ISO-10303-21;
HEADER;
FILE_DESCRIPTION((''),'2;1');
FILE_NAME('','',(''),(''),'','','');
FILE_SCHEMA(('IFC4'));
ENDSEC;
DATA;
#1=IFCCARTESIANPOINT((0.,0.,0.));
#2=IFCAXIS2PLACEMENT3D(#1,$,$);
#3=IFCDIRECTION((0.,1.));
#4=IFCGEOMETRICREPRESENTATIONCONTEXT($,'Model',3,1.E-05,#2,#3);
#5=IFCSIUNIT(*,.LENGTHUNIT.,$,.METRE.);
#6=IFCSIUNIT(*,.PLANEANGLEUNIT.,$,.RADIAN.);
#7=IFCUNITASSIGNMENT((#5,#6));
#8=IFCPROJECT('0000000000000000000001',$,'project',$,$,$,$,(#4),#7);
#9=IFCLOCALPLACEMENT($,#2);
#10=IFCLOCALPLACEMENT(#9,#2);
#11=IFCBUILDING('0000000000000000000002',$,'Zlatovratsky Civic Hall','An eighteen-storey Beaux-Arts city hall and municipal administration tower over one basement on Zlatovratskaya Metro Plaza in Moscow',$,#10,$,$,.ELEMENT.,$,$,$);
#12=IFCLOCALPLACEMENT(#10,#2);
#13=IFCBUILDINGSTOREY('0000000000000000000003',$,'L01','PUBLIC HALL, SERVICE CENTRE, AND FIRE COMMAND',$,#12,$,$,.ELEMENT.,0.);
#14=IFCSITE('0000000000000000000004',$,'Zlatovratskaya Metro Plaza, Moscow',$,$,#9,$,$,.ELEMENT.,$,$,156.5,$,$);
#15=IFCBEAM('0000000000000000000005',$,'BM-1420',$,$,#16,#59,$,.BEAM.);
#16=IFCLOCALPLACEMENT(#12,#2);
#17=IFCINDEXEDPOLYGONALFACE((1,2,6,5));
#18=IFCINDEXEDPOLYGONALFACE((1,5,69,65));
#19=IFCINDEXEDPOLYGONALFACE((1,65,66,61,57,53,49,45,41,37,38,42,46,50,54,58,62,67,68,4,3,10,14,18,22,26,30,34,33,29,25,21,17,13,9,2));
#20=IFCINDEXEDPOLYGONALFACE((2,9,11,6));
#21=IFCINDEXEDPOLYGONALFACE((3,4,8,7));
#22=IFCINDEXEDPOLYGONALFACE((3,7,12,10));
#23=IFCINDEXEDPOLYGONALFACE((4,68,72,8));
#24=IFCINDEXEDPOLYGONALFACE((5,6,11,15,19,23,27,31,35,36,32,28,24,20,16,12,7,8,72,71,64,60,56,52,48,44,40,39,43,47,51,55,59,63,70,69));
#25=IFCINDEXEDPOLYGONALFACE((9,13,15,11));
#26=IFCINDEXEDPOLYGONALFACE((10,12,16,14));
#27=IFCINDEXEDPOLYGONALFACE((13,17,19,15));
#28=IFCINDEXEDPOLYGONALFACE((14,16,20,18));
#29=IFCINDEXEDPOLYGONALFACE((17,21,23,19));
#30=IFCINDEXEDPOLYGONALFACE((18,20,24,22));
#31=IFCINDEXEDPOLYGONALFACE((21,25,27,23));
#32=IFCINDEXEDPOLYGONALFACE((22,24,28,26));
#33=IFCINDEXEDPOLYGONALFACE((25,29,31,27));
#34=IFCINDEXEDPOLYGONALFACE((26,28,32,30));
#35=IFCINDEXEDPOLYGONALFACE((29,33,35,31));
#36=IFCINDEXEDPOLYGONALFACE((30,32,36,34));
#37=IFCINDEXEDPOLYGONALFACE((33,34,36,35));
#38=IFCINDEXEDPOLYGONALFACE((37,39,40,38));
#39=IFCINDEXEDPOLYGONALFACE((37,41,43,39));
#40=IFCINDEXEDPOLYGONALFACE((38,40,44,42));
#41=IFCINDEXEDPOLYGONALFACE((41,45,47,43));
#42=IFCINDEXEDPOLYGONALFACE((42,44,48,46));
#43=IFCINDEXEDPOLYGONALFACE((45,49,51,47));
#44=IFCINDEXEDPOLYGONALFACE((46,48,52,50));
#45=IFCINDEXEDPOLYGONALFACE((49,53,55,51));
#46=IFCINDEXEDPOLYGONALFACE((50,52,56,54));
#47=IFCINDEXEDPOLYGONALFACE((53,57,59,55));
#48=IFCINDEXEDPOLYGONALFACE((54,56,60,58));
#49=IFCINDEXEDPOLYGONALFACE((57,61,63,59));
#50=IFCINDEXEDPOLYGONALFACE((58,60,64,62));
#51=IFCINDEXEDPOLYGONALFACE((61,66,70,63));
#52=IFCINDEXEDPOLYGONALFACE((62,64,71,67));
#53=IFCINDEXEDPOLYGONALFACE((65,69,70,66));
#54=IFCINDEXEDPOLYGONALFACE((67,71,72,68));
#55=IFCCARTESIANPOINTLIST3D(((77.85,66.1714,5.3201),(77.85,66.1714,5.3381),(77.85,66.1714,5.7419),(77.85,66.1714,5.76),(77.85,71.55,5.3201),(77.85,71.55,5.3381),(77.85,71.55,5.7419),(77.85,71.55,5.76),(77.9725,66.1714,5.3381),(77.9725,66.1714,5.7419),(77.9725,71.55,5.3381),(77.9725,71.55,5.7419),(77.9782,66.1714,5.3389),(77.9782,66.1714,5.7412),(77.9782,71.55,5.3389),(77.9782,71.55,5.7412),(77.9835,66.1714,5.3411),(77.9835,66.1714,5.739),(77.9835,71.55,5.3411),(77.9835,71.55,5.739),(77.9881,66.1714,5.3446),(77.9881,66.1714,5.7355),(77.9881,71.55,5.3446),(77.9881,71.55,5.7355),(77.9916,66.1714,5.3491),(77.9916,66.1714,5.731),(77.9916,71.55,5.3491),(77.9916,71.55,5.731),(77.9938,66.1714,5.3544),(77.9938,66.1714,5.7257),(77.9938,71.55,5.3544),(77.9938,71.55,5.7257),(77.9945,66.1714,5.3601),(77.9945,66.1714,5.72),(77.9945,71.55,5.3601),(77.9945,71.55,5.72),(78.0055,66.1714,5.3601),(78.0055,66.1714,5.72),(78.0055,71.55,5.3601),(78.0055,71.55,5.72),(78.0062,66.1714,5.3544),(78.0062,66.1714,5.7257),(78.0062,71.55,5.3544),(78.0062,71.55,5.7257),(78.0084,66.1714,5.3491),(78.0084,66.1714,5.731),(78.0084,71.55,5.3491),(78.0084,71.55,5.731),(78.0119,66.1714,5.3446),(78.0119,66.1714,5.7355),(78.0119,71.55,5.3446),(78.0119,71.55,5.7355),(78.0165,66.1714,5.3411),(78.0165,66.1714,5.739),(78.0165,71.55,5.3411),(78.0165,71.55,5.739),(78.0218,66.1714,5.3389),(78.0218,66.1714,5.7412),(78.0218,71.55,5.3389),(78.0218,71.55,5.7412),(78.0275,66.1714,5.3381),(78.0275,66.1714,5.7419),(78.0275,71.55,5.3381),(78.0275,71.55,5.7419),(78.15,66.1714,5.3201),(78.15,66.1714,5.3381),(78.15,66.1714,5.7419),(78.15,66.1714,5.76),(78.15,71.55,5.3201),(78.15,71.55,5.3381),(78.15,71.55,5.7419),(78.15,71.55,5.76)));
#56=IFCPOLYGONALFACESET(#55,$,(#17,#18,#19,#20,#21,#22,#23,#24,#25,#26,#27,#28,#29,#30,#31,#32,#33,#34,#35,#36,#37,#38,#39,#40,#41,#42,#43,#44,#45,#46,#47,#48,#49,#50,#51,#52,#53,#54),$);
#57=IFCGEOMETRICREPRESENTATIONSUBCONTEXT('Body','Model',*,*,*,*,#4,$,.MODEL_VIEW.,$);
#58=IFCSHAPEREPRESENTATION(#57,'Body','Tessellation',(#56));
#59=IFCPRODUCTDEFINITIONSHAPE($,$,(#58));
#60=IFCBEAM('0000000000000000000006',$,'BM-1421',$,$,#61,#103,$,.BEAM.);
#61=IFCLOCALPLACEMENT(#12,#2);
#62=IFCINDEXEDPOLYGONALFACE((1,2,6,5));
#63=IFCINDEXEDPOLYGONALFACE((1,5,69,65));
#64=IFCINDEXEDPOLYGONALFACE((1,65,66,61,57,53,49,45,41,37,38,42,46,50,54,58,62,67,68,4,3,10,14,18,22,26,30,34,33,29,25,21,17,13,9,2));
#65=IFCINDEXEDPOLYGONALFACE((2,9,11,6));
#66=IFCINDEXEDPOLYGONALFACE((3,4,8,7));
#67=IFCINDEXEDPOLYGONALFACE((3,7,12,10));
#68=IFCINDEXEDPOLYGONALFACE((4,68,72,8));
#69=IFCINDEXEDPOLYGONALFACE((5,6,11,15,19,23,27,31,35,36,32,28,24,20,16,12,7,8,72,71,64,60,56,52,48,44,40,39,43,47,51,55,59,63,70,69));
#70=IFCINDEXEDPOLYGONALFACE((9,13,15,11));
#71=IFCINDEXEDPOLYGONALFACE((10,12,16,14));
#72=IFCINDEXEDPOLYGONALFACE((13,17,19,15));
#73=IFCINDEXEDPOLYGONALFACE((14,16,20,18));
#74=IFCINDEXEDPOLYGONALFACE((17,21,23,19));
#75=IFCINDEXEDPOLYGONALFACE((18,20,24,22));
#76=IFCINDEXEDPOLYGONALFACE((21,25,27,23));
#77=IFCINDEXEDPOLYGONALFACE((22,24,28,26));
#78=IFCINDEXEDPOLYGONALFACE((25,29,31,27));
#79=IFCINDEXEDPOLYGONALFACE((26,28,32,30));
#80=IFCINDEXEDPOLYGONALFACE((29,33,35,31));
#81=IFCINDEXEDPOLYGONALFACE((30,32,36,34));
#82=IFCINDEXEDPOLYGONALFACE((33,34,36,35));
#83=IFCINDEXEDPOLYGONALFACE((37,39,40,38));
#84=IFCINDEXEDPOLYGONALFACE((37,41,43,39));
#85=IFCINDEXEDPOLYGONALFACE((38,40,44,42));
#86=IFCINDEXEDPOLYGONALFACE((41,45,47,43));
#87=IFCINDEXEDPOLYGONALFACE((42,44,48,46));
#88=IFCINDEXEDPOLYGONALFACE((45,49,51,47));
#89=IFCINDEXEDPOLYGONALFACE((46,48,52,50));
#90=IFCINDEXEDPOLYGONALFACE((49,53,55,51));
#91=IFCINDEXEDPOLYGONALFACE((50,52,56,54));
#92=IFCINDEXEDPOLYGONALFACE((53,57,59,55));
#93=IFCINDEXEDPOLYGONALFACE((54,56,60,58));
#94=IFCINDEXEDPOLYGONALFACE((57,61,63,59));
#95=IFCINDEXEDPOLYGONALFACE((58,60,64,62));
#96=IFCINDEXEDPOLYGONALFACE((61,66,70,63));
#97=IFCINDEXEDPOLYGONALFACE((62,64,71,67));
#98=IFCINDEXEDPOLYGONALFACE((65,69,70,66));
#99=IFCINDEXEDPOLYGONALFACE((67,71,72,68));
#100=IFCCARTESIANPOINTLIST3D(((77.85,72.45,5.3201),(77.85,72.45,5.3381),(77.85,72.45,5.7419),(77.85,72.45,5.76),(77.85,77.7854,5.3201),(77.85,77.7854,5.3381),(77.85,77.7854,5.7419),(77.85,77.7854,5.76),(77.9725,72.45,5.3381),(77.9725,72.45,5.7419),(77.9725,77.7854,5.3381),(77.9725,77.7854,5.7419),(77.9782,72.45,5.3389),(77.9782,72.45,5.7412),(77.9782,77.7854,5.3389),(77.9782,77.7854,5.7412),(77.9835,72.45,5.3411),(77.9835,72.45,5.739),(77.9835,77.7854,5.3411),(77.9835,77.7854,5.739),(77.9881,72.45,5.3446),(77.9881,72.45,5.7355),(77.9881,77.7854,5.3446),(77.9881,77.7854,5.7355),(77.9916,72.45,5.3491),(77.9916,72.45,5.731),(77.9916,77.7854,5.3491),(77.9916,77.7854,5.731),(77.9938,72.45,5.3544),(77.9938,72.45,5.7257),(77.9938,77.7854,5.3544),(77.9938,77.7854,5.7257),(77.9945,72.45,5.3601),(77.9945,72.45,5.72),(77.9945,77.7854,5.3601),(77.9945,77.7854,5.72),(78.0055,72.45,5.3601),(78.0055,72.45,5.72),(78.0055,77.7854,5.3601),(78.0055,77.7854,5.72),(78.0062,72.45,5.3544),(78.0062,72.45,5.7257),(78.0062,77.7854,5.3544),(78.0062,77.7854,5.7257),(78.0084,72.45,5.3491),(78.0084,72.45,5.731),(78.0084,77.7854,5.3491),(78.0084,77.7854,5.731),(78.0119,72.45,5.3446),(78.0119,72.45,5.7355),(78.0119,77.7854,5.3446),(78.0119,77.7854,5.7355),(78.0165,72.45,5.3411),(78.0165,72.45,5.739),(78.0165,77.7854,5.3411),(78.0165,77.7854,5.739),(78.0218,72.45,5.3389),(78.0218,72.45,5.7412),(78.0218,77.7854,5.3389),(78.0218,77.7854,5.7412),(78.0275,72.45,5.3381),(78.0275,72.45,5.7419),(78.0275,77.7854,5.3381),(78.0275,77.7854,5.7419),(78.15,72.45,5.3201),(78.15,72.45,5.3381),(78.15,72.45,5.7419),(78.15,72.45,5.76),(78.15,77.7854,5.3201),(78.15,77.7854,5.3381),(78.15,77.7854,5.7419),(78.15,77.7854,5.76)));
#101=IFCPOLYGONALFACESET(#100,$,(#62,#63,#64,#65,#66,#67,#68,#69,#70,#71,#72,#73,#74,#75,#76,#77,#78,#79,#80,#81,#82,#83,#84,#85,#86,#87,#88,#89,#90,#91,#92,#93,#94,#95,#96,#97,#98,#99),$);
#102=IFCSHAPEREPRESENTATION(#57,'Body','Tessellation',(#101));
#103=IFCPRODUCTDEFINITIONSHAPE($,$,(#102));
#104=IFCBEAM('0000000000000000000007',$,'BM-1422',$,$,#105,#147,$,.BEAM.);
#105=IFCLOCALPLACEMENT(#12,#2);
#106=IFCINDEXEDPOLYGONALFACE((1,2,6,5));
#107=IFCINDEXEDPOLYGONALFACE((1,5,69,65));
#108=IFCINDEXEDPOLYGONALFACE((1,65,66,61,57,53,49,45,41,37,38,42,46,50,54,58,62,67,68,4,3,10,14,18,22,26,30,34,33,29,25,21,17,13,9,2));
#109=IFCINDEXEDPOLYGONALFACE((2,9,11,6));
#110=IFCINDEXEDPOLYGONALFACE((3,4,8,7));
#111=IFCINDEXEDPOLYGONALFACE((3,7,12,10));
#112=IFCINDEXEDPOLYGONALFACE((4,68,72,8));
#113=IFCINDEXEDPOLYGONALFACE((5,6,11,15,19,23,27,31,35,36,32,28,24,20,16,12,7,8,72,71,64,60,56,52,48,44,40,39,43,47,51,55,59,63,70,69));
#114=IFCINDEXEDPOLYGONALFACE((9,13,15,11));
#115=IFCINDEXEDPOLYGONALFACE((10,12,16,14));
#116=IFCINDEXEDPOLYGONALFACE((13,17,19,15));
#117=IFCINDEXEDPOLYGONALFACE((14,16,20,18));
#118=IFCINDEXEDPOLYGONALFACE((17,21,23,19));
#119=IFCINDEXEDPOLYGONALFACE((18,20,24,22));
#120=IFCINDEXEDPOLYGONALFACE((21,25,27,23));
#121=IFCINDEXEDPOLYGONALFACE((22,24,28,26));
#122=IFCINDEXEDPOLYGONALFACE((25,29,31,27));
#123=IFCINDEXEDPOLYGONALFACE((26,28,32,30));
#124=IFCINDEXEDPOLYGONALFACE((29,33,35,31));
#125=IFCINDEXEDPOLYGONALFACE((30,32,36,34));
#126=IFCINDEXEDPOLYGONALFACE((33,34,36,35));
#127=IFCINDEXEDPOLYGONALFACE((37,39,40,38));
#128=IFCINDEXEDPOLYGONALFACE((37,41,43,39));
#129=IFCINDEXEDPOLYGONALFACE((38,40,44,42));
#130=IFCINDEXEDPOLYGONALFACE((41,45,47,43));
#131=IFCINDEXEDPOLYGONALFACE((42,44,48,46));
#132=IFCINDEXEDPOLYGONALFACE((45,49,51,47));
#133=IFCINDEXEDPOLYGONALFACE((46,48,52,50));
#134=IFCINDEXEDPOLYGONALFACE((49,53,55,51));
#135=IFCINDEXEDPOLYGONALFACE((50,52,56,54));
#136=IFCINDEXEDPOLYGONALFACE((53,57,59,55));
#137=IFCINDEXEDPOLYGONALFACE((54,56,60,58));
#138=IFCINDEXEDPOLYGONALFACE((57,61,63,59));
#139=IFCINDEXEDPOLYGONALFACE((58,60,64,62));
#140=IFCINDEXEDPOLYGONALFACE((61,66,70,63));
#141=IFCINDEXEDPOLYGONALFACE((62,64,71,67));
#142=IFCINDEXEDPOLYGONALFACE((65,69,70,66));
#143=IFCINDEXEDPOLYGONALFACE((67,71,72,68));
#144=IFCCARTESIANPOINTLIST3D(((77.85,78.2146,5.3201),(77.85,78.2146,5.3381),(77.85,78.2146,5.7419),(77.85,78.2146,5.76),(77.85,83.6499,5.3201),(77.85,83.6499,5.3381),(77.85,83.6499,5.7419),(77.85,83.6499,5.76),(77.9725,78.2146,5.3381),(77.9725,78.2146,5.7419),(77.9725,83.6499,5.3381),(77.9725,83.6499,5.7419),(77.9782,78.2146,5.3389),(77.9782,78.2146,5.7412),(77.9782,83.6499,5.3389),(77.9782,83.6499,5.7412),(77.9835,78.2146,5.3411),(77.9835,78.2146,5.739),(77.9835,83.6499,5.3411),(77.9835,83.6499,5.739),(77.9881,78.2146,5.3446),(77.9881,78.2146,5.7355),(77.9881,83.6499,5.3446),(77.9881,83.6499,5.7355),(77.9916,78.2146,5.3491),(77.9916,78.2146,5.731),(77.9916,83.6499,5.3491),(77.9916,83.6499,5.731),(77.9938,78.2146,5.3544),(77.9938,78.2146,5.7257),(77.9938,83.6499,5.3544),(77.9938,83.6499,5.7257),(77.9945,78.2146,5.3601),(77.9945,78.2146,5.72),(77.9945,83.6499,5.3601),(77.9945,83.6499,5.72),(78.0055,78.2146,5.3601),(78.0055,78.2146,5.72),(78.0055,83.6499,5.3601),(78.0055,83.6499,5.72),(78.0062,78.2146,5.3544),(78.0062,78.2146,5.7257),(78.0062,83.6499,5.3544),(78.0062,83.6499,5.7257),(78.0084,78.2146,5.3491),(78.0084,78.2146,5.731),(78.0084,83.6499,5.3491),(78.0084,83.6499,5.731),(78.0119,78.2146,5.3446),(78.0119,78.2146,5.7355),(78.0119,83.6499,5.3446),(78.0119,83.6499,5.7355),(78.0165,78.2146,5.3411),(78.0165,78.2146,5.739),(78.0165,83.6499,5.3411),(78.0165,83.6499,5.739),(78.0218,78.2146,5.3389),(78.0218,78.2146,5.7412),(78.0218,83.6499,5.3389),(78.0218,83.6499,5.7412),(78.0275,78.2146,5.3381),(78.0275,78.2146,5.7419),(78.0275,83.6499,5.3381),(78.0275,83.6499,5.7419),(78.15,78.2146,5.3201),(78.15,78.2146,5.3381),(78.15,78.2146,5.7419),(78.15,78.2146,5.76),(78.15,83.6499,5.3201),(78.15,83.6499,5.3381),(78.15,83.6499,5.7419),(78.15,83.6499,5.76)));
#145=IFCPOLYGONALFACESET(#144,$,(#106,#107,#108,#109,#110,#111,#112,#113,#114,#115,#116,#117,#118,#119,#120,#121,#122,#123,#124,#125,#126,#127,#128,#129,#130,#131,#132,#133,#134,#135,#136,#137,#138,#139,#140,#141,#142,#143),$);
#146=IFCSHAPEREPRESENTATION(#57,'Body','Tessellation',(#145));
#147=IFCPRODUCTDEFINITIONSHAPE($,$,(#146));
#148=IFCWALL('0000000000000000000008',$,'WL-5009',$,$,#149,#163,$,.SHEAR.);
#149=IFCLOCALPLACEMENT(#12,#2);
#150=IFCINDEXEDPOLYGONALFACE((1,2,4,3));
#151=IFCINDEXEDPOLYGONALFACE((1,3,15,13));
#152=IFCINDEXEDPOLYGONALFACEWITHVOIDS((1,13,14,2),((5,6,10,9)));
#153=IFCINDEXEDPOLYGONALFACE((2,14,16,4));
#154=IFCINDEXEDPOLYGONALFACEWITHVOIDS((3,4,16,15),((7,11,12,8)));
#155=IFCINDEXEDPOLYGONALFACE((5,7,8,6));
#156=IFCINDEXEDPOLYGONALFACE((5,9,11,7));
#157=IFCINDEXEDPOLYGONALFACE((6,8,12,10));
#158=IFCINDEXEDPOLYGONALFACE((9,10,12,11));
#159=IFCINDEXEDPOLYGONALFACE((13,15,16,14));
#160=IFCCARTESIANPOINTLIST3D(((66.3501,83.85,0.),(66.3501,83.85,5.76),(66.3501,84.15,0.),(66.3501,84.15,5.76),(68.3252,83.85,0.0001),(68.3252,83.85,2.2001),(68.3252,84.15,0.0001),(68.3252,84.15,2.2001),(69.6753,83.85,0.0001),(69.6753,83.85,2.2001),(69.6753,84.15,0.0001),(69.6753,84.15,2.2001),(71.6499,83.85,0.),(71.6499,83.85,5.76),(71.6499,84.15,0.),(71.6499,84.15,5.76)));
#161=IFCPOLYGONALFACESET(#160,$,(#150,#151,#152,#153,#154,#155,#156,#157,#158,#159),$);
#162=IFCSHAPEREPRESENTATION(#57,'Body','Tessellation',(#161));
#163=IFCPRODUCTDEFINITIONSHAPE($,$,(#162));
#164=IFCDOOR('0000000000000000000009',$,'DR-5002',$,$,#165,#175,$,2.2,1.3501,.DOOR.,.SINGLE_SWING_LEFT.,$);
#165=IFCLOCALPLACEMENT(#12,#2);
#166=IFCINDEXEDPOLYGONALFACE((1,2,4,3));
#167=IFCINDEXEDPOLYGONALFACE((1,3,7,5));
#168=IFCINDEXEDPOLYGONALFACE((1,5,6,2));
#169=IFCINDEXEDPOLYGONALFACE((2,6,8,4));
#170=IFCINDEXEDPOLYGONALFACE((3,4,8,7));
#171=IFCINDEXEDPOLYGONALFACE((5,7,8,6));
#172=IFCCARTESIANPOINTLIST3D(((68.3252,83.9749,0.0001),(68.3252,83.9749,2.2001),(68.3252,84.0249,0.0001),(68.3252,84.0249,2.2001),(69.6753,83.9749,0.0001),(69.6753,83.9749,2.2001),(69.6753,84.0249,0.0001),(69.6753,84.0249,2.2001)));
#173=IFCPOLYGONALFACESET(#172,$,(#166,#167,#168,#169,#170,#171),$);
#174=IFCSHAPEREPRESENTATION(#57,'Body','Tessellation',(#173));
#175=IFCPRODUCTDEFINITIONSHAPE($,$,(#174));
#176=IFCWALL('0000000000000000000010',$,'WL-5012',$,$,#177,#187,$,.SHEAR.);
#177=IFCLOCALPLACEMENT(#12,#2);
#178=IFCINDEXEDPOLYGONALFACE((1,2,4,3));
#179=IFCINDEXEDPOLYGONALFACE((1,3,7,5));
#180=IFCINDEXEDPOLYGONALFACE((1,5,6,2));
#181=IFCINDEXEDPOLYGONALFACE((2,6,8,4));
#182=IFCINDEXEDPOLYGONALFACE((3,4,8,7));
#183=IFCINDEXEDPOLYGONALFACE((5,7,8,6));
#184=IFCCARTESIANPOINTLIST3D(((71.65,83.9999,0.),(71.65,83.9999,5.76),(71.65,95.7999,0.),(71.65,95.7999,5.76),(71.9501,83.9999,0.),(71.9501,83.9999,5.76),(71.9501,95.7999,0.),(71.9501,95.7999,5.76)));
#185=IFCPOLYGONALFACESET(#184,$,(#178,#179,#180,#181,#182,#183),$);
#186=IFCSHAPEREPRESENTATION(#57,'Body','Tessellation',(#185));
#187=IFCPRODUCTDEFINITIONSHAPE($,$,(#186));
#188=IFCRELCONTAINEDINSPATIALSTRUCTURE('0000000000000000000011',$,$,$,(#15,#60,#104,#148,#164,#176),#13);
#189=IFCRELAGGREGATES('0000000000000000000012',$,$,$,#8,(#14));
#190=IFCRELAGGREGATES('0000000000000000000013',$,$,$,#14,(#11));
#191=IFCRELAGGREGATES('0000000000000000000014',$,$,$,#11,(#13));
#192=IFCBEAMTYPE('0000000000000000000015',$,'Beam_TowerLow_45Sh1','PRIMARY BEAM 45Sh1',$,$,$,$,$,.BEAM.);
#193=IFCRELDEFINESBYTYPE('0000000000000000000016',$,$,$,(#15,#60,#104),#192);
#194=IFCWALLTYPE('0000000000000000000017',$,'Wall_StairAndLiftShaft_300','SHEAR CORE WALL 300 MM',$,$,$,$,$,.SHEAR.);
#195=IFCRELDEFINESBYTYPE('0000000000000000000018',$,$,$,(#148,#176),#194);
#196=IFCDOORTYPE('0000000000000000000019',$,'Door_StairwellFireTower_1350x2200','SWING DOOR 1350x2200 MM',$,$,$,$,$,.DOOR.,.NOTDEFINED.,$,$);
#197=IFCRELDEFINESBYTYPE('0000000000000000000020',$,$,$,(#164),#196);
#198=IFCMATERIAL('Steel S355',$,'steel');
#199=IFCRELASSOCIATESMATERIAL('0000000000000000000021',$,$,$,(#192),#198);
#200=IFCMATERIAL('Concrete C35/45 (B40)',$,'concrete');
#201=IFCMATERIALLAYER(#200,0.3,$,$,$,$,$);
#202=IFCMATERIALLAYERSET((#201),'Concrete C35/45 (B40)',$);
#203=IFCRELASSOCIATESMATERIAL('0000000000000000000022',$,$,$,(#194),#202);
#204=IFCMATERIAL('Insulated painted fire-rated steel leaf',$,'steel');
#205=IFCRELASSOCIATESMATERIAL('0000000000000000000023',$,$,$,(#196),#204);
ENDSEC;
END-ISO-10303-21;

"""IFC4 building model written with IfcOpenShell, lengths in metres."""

from ifc_helpers import new_model, si_unit, direction, frame, frame_2d, origin, origin_2d, place, context, subcontext, project, spatial, rectangle, i_section, extrude, material, layer, layer_set, material_profile, profile_set, type_object, element, fill, save


model = new_model("IFC4")

# Units and contexts
model_context = context("Model", 3, precision=1e-05, world=origin(), true_north=direction((0.0, 1.0)))
body_context = subcontext(model_context, "Body", "Model", "MODEL_VIEW")
ifc_project = project(units=[si_unit("LENGTHUNIT", "METRE"), si_unit("PLANEANGLEUNIT", "RADIAN")], contexts=[model_context])

# Site, building, storey
site_placement = place(None, origin())
site = spatial("IfcSite", under=ifc_project, at=site_placement, Name="Zlatovratskaya Metro Plaza, Moscow", CompositionType="ELEMENT", RefElevation=156.5)
building_placement = place(site_placement, origin())
building = spatial("IfcBuilding", under=site, at=building_placement, Name="Zlatovratsky Civic Hall", Description="An eighteen-storey Beaux-Arts city hall and municipal administration tower over one basement on Zlatovratskaya Metro Plaza in Moscow", CompositionType="ELEMENT")
storey_placement = place(building_placement, origin())
storey = spatial("IfcBuildingStorey", under=building, at=storey_placement, Name="L01", Description="PUBLIC HALL, SERVICE CENTRE, AND FIRE COMMAND", CompositionType="ELEMENT", Elevation=0.0)

# Shared definitions
ifc_material_1 = material(Name="Concrete C35/45 (B40)", Category="concrete")
ifc_material_2 = material(Name="Steel S355", Category="steel")

# Beams
ifc_material_profile_1 = material_profile(ifc_material_2, i_section(OverallWidth=0.3, OverallDepth=0.4399, WebThickness=0.011, FlangeThickness=0.0181, FilletRadius=0.022, at=origin_2d()), Name="45Sh1")
ifc_profile_set_1 = profile_set([ifc_material_profile_1], Name="Steel S355")
beam_type = type_object("IfcBeamType", Name="Beam_TowerLow_45Sh1", Description="PRIMARY BEAM 45Sh1", PredefinedType="BEAM", material=ifc_profile_set_1)
beam_1_placement = place(storey_placement, frame((78.0, 66.1714, 5.54), z_axis=(0.0, 1.0, 0.0), x_axis=(-1.0, 0.0, 0.0)))
element("IfcBeam", 1, at=beam_1_placement, inside=storey, type_object=beam_type, Name="BM-1420", PredefinedType="BEAM", context=body_context, shape_type="SweptSolid", body=[
    extrude(i_section(OverallWidth=0.3, OverallDepth=0.4399, WebThickness=0.011, FlangeThickness=0.0181, FilletRadius=0.022, at=origin_2d()), origin(), (0.0, 0.0, 1.0), 5.3787),
])
beam_2_placement = place(storey_placement, frame((78.0, 72.45, 5.54), z_axis=(0.0, 1.0, 0.0), x_axis=(-1.0, 0.0, 0.0)))
element("IfcBeam", 2, at=beam_2_placement, inside=storey, type_object=beam_type, Name="BM-1421", PredefinedType="BEAM", context=body_context, shape_type="SweptSolid", body=[
    extrude(i_section(OverallWidth=0.3, OverallDepth=0.4399, WebThickness=0.011, FlangeThickness=0.0181, FilletRadius=0.022, at=origin_2d()), origin(), (0.0, 0.0, 1.0), 5.3354),
])
beam_3_placement = place(storey_placement, frame((78.0, 78.2146, 5.54), z_axis=(0.0, 1.0, 0.0), x_axis=(-1.0, 0.0, 0.0)))
element("IfcBeam", 3, at=beam_3_placement, inside=storey, type_object=beam_type, Name="BM-1422", PredefinedType="BEAM", context=body_context, shape_type="SweptSolid", body=[
    extrude(i_section(OverallWidth=0.3, OverallDepth=0.4399, WebThickness=0.011, FlangeThickness=0.0181, FilletRadius=0.022, at=origin_2d()), origin(), (0.0, 0.0, 1.0), 5.4353),
])

# Wall, opening, door
ifc_layer = layer(ifc_material_1, 0.3)
ifc_layer_set = layer_set([ifc_layer], Name="Concrete C35/45 (B40)")
wall_type = type_object("IfcWallType", Name="Wall_StairAndLiftShaft_300", Description="SHEAR CORE WALL 300 MM", PredefinedType="SHEAR", material=ifc_layer_set)
wall_1_placement = place(storey_placement, frame((66.3501, 84.0, 0.0), z_axis=(0.0, 0.0, 1.0), x_axis=(1.0, 0.0, 0.0)))
wall_1 = element("IfcWall", 4, at=wall_1_placement, inside=storey, type_object=wall_type, Name="WL-5009", PredefinedType="SHEAR", context=body_context, shape_type="SweptSolid", body=[
    extrude(rectangle(XDim=5.2998, YDim=0.3, at=frame_2d((2.6499, 0.0))), origin(), (0.0, 0.0, 1.0), 5.76),
])
opening_1_placement = place(wall_1_placement, frame((1.9751, 0.0, 0.0)))
opening_1 = element("IfcOpeningElement", 5, at=opening_1_placement, cuts=wall_1, PredefinedType="OPENING", context=body_context, shape_type="SweptSolid", body=[
    extrude(rectangle(XDim=1.3501, YDim=2.2, at=frame_2d((0.675, 1.1001))), frame((0.0, 0.165, 0.0), z_axis=(0.0, -1.0, 0.0), x_axis=(1.0, 0.0, 0.0)), (0.0, 0.0, 1.0), 0.3298),
])
ifc_material_3 = material(Name="Insulated painted fire-rated steel leaf", Category="steel")
door_type_1 = type_object("IfcDoorType", Name="Door_StairwellFireTower_1350x2200", Description="SWING DOOR 1350x2200 MM", OperationType="NOTDEFINED", PredefinedType="DOOR", material=ifc_material_3)
door_1_placement = place(opening_1_placement, origin())
door_1 = element("IfcDoor", 6, at=door_1_placement, inside=storey, type_object=door_type_1, Name="DR-5002", OperationType="SINGLE_SWING_LEFT", OverallHeight=2.2, OverallWidth=1.3501, PredefinedType="DOOR", context=body_context, shape_type="SweptSolid", body=[
    extrude(rectangle(XDim=1.3501, YDim=2.2, at=frame_2d((0.675, 1.1001))), frame((0.0, 0.0249, 0.0), z_axis=(0.0, -1.0, 0.0), x_axis=(1.0, 0.0, 0.0)), (0.0, 0.0, 1.0), 0.05),
])
fill(opening_1, door_1)

# Wall
wall_2_placement = place(storey_placement, frame((71.8, 84.0, 0.0), z_axis=(0.0, 0.0, 1.0), x_axis=(0.0, 1.0, 0.0)))
element("IfcWall", 7, at=wall_2_placement, inside=storey, type_object=wall_type, Name="WL-5012", PredefinedType="SHEAR", context=body_context, shape_type="SweptSolid", body=[
    extrude(rectangle(XDim=11.8, YDim=0.3, at=frame_2d((5.8999, 0.0))), origin(), (0.0, 0.0, 1.0), 5.76),
])

save(model, "model.ifc")
